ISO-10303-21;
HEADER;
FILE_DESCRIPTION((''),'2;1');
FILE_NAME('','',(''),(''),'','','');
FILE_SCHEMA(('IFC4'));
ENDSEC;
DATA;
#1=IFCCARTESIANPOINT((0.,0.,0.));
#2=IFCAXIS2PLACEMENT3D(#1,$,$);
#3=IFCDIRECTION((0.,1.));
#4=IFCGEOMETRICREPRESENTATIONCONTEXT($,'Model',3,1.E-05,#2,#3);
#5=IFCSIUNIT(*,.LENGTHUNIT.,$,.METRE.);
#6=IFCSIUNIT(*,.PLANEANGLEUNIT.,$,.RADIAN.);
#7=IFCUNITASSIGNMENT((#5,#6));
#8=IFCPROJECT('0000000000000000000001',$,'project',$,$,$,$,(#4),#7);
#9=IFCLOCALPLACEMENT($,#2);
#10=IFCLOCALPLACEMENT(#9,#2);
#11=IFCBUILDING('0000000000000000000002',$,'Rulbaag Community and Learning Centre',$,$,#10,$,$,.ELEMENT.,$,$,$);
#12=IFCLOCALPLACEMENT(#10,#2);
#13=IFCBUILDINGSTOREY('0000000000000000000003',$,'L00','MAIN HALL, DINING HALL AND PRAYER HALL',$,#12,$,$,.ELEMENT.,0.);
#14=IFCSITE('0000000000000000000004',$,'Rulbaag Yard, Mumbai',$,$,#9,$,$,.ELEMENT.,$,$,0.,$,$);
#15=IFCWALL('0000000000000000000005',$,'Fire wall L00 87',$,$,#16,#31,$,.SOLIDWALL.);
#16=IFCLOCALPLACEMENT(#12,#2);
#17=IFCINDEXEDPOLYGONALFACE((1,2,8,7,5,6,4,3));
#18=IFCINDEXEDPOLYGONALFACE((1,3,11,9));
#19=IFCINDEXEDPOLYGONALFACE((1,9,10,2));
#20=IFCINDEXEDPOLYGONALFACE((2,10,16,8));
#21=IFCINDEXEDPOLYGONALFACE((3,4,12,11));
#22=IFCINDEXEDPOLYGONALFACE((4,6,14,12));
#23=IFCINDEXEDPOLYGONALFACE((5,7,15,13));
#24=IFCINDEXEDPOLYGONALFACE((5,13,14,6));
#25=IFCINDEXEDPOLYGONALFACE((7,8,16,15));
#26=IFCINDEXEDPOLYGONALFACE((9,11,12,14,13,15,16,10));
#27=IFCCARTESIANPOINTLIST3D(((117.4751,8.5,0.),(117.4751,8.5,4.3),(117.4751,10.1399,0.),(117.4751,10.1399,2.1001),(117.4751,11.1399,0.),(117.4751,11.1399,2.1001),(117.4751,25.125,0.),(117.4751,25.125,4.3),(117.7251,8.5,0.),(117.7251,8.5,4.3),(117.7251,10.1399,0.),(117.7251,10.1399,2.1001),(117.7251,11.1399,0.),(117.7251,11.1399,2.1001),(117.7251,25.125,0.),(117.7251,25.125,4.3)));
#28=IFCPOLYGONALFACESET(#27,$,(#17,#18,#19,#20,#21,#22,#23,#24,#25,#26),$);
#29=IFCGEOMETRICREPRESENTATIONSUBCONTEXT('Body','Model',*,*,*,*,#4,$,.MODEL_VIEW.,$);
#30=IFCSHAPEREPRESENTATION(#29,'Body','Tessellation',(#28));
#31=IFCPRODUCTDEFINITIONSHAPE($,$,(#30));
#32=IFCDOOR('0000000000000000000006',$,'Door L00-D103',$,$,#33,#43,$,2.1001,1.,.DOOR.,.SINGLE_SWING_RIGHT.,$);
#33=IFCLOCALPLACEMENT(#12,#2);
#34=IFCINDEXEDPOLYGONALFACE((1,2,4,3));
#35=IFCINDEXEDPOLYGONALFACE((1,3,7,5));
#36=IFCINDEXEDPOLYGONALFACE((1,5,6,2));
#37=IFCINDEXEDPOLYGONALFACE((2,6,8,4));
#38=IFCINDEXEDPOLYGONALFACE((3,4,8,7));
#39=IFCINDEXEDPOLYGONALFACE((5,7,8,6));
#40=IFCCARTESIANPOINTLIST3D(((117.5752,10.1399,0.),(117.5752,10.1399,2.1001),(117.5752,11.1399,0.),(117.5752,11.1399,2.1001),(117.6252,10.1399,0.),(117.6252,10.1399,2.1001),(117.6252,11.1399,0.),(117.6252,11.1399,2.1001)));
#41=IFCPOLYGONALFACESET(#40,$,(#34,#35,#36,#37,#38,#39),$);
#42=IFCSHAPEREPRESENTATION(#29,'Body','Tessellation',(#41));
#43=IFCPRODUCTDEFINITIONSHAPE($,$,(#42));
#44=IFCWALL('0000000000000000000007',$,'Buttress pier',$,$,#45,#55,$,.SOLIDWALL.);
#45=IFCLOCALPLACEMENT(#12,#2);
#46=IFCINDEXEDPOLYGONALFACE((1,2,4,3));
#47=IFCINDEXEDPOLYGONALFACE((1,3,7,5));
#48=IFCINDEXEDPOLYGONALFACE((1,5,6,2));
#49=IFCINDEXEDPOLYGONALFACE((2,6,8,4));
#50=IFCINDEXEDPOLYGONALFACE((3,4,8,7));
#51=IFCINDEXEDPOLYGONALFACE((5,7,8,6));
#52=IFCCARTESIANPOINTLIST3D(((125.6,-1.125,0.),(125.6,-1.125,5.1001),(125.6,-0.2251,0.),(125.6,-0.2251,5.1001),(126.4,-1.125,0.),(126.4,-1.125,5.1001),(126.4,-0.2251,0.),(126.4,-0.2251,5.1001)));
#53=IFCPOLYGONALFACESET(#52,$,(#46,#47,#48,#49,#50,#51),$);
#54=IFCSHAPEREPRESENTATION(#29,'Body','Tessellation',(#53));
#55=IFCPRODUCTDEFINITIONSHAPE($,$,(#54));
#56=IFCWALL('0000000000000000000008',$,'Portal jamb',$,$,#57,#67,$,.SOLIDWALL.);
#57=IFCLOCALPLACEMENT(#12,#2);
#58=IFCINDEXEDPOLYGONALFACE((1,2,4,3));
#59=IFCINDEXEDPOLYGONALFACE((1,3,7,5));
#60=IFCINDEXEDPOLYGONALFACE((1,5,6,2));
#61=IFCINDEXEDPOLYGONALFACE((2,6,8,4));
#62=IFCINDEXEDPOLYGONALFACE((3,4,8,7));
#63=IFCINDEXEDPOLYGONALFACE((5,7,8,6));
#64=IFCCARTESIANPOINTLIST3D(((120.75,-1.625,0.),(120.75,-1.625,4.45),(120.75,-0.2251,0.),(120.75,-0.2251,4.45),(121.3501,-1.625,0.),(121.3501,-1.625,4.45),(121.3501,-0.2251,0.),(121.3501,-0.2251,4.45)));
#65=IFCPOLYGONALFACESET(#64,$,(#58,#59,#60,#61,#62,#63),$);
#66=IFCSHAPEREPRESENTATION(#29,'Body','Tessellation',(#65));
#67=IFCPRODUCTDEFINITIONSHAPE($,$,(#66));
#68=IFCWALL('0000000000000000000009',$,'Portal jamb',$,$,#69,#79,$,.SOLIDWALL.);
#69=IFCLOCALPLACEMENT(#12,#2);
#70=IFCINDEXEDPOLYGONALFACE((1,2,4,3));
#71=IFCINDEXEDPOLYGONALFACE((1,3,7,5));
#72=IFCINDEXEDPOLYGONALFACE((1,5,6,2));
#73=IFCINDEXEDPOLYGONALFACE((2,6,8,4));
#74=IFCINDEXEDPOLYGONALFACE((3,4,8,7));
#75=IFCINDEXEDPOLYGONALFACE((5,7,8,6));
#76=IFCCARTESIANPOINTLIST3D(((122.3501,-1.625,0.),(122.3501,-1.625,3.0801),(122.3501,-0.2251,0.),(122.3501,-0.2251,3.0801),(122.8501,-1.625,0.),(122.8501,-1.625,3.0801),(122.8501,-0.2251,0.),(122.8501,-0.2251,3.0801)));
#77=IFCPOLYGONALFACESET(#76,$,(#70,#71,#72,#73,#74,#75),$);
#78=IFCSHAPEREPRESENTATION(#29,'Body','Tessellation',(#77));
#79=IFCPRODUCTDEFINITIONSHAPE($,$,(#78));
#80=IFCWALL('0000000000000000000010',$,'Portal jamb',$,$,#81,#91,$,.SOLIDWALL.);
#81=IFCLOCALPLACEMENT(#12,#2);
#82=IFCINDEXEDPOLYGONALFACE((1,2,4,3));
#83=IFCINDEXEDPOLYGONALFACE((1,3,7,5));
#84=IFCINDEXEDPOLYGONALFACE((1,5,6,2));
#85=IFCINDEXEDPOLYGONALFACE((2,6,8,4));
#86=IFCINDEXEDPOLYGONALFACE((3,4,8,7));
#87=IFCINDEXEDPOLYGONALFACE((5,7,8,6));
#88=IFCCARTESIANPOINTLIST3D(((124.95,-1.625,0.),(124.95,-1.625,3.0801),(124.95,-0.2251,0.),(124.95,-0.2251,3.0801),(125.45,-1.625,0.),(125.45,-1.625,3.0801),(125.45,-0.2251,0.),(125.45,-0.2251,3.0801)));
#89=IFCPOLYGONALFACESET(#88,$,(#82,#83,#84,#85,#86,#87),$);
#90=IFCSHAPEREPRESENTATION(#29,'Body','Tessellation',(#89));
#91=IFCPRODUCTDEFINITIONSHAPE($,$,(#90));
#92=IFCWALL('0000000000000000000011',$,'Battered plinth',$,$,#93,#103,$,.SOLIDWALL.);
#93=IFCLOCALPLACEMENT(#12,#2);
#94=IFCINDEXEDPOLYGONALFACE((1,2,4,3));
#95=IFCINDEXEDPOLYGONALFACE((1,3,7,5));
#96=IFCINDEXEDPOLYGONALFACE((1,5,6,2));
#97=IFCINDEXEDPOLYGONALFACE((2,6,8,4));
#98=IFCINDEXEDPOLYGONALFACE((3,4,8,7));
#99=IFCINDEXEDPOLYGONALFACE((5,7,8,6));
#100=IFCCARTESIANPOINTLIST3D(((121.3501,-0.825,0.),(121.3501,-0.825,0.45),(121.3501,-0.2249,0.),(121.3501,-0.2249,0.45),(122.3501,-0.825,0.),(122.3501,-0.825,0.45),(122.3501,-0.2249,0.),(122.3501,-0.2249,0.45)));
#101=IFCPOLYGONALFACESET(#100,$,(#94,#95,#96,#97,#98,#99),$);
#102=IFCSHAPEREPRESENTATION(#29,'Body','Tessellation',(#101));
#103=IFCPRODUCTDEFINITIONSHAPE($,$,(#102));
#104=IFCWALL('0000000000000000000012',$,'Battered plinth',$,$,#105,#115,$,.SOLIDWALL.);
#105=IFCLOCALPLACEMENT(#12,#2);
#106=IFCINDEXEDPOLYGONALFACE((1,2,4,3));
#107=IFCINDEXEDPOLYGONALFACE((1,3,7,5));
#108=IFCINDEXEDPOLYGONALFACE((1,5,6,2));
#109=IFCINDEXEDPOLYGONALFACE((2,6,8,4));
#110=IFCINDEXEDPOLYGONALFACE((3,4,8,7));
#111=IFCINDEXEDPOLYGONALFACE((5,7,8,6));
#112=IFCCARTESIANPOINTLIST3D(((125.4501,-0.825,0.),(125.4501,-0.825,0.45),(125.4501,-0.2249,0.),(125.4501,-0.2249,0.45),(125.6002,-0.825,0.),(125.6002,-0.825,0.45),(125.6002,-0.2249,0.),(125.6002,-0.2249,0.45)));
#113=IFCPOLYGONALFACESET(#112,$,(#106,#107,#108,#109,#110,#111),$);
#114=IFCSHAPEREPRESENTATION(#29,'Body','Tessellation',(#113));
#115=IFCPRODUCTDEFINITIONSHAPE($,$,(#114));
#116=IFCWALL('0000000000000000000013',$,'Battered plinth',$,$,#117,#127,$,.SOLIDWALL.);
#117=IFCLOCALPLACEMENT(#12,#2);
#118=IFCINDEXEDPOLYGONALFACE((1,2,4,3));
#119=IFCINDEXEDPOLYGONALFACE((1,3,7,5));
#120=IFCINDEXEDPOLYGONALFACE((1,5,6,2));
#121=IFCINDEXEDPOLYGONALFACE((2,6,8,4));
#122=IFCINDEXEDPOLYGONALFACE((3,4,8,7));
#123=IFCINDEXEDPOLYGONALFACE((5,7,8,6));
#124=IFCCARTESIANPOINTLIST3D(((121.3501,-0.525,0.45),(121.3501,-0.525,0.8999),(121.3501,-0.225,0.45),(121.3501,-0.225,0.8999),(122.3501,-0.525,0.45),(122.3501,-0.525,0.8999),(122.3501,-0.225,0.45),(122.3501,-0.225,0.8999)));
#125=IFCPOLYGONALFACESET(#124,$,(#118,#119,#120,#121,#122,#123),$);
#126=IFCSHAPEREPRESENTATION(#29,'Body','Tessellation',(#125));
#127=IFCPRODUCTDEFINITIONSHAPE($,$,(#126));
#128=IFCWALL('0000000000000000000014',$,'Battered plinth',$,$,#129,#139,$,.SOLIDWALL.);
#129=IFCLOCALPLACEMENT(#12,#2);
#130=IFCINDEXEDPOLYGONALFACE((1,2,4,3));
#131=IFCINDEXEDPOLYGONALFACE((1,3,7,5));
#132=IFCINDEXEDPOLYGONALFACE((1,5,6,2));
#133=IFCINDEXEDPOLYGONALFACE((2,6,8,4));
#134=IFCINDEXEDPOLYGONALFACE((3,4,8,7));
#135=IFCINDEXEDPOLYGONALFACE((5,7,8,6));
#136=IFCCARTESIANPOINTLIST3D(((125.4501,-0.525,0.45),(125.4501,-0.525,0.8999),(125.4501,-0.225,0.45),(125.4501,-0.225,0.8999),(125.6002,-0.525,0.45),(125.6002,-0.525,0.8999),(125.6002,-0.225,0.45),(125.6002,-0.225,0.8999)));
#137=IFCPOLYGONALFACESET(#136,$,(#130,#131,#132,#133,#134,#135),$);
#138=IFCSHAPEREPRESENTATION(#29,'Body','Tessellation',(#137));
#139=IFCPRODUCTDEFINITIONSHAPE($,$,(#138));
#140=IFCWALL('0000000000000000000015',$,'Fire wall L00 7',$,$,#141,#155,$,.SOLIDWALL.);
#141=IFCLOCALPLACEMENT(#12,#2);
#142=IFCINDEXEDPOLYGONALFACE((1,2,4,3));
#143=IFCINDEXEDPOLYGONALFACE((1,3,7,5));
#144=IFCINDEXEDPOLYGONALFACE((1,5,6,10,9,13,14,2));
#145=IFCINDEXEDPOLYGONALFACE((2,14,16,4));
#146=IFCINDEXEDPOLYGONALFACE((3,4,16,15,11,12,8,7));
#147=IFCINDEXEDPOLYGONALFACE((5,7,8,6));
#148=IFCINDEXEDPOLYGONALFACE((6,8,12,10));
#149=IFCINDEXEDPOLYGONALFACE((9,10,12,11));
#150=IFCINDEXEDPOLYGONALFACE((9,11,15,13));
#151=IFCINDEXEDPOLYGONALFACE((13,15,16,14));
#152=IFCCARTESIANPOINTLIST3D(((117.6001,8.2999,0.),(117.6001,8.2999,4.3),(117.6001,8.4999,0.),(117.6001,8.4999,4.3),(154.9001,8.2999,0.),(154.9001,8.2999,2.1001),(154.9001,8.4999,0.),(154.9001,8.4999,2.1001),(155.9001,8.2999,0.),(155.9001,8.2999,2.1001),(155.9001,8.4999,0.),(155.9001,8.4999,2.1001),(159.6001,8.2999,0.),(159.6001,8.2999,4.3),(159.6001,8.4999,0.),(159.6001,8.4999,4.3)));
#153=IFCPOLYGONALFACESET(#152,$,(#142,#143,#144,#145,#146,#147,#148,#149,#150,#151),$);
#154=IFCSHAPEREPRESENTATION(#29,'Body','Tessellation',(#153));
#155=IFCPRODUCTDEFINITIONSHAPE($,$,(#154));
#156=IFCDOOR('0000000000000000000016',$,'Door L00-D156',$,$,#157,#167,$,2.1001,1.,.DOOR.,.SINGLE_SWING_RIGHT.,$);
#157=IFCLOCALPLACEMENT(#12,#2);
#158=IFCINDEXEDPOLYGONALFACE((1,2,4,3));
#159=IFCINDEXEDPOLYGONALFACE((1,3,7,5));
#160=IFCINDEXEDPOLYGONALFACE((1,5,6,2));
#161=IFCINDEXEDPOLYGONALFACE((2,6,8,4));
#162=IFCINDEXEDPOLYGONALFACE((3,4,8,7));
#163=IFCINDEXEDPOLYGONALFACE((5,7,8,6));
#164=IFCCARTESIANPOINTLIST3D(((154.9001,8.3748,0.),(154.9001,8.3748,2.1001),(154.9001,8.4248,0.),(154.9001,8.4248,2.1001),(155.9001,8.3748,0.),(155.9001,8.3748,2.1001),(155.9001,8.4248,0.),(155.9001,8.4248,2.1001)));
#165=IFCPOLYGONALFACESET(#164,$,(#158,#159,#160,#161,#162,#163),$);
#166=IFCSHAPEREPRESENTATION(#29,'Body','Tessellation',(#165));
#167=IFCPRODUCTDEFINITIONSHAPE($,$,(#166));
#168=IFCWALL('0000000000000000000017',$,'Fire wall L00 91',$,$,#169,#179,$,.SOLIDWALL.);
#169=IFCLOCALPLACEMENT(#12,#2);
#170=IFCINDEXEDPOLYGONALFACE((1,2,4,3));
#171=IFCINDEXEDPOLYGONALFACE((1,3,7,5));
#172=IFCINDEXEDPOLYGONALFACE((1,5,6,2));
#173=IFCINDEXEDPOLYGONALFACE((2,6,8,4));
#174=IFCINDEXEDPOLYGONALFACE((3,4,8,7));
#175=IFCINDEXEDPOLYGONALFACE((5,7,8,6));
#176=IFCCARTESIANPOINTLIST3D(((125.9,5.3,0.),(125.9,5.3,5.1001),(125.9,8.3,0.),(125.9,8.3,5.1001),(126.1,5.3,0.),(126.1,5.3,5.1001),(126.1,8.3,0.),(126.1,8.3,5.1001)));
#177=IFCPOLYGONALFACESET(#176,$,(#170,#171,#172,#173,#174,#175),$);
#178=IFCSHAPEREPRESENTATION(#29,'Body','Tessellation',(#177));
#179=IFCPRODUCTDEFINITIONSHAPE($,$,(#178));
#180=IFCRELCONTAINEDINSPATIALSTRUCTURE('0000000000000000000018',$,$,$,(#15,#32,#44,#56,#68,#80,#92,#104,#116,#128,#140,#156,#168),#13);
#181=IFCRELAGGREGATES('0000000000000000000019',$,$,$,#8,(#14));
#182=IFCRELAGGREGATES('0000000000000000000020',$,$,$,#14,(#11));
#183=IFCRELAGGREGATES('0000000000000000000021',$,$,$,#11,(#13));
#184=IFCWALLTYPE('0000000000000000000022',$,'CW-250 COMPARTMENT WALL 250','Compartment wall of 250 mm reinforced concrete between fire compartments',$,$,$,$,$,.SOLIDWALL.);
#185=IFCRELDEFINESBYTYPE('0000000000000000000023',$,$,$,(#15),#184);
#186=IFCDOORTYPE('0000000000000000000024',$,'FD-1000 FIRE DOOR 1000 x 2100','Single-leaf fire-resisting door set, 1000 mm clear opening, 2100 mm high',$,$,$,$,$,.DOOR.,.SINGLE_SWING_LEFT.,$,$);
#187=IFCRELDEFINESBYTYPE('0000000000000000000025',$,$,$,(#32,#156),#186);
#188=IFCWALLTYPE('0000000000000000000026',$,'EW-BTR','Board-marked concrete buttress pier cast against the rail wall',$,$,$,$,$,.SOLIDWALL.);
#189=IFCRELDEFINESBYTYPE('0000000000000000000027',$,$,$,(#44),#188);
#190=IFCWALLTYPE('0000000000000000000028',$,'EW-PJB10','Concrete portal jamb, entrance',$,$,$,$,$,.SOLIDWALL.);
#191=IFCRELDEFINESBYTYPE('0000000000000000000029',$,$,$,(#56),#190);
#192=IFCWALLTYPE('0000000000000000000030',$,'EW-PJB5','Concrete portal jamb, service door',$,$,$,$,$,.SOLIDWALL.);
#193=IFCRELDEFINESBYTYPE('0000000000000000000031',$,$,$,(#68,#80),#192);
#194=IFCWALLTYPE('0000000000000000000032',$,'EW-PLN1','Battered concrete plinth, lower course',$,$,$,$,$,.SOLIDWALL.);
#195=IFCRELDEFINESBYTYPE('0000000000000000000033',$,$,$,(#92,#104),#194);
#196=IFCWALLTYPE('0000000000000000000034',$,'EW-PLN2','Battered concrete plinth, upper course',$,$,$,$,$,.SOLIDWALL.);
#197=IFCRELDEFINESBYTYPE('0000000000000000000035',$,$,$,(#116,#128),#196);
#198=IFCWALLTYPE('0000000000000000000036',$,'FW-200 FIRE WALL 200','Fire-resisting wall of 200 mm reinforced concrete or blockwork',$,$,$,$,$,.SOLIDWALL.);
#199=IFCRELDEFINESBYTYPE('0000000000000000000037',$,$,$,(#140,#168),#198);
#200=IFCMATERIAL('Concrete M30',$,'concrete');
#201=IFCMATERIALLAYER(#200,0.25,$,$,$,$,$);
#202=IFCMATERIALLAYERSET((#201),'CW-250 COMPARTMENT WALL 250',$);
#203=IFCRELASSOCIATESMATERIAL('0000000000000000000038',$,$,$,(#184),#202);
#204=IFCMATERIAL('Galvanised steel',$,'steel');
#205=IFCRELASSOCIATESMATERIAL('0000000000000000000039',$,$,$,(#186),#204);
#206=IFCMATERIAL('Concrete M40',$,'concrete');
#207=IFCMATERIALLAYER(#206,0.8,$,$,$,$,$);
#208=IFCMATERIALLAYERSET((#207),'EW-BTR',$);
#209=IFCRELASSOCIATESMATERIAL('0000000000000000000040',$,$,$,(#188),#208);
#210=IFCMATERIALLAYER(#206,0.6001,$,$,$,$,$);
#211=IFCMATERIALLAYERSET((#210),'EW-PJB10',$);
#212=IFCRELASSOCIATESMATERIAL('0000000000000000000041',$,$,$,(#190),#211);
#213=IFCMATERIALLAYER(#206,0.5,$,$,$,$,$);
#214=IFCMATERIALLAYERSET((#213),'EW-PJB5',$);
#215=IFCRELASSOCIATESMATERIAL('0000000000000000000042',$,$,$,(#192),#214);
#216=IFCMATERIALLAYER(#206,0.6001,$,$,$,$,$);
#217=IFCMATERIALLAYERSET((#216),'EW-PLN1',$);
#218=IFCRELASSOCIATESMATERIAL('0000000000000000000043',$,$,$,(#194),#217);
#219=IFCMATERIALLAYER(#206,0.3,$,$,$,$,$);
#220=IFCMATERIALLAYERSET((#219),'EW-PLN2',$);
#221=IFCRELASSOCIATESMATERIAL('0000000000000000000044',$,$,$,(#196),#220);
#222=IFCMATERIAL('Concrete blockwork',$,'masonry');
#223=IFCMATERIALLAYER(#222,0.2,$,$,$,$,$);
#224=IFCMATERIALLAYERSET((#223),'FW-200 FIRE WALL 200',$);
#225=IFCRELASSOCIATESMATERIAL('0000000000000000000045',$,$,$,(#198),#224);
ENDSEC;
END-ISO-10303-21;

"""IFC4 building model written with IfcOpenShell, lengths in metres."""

from ifc_helpers import new_model, si_unit, direction, frame, frame_2d, origin, place, context, subcontext, project, spatial, rectangle, extrude, material, layer, layer_set, type_object, element, fill, save


model = new_model("IFC4")

# Units and contexts
model_context = context("Model", 3, precision=1e-05, world=origin(), true_north=direction((0.0, 1.0)))
body_context = subcontext(model_context, "Body", "Model", "MODEL_VIEW")
ifc_project = project(units=[si_unit("LENGTHUNIT", "METRE"), si_unit("PLANEANGLEUNIT", "RADIAN")], contexts=[model_context])

# Site, building, storey
site_placement = place(None, origin())
site = spatial("IfcSite", under=ifc_project, at=site_placement, Name="Rulbaag Yard, Mumbai", CompositionType="ELEMENT", RefElevation=0.0)
building_placement = place(site_placement, origin())
building = spatial("IfcBuilding", under=site, at=building_placement, Name="Rulbaag Community and Learning Centre", CompositionType="ELEMENT")
storey_placement = place(building_placement, origin())
storey = spatial("IfcBuildingStorey", under=building, at=storey_placement, Name="L00", Description="MAIN HALL, DINING HALL AND PRAYER HALL", CompositionType="ELEMENT", Elevation=0.0)

# Shared definitions
ifc_material_1 = material(Name="Concrete M40", Category="concrete")

# Wall, opening, door
ifc_material_2 = material(Name="Concrete M30", Category="concrete")
ifc_layer_1 = layer(ifc_material_2, 0.25)
ifc_layer_set_1 = layer_set([ifc_layer_1], Name="CW-250 COMPARTMENT WALL 250")
wall_type_1 = type_object("IfcWallType", Name="CW-250 COMPARTMENT WALL 250", Description="Compartment wall of 250 mm reinforced concrete between fire compartments", PredefinedType="SOLIDWALL", material=ifc_layer_set_1)
wall_1_placement = place(storey_placement, frame((117.6001, 8.5, 0.0), z_axis=(0.0, 0.0, 1.0), x_axis=(0.0, 1.0, 0.0)))
wall_1 = element("IfcWall", 1, at=wall_1_placement, inside=storey, type_object=wall_type_1, Name="Fire wall L00 87", PredefinedType="SOLIDWALL", context=body_context, shape_type="SweptSolid", body=[
    extrude(rectangle(XDim=16.625, YDim=0.25, at=frame_2d((8.3125, 0.0))), origin(), (0.0, 0.0, 1.0), 4.3),
])
opening_1_placement = place(wall_1_placement, frame((1.6399, 0.0, 0.0)))
opening_1 = element("IfcOpeningElement", 2, at=opening_1_placement, cuts=wall_1, PredefinedType="OPENING", context=body_context, shape_type="SweptSolid", body=[
    extrude(rectangle(XDim=1.0, YDim=2.1001, at=frame_2d((0.5, 1.05))), frame((0.0, 0.135, 0.0), z_axis=(0.0, -1.0, 0.0), x_axis=(1.0, 0.0, 0.0)), (0.0, 0.0, 1.0), 0.27),
])
ifc_material_3 = material(Name="Galvanised steel", Category="steel")
door_type_1 = type_object("IfcDoorType", Name="FD-1000 FIRE DOOR 1000 x 2100", Description="Single-leaf fire-resisting door set, 1000 mm clear opening, 2100 mm high", OperationType="SINGLE_SWING_LEFT", PredefinedType="DOOR", material=ifc_material_3)
door_1_placement = place(opening_1_placement, origin())
door_1 = element("IfcDoor", 3, at=door_1_placement, inside=storey, type_object=door_type_1, Name="Door L00-D103", OperationType="SINGLE_SWING_RIGHT", OverallHeight=2.1001, OverallWidth=1.0, PredefinedType="DOOR", context=body_context, shape_type="SweptSolid", body=[
    extrude(rectangle(XDim=1.0, YDim=2.1001, at=frame_2d((0.5, 1.05))), frame((0.0, 0.0249, 0.0), z_axis=(0.0, -1.0, 0.0), x_axis=(1.0, 0.0, 0.0)), (0.0, 0.0, 1.0), 0.05),
])
fill(opening_1, door_1)

# Walls
ifc_layer_2 = layer(ifc_material_1, 0.8)
ifc_layer_set_2 = layer_set([ifc_layer_2], Name="EW-BTR")
wall_type_2 = type_object("IfcWallType", Name="EW-BTR", Description="Board-marked concrete buttress pier cast against the rail wall", PredefinedType="SOLIDWALL", material=ifc_layer_set_2)
wall_2_placement = place(storey_placement, frame((126.0, -0.2251, 0.0), z_axis=(0.0, 0.0, 1.0), x_axis=(0.0, -1.0, 0.0)))
element("IfcWall", 4, at=wall_2_placement, inside=storey, type_object=wall_type_2, Name="Buttress pier", PredefinedType="SOLIDWALL", context=body_context, shape_type="SweptSolid", body=[
    extrude(rectangle(XDim=0.8999, YDim=0.8, at=frame_2d((0.45, 0.0))), origin(), (0.0, 0.0, 1.0), 5.1001),
])
ifc_layer_3 = layer(ifc_material_1, 0.6001)
ifc_layer_set_3 = layer_set([ifc_layer_3], Name="EW-PJB10")
wall_type_3 = type_object("IfcWallType", Name="EW-PJB10", Description="Concrete portal jamb, entrance", PredefinedType="SOLIDWALL", material=ifc_layer_set_3)
wall_3_placement = place(storey_placement, frame((121.05, -0.2251, 0.0), z_axis=(0.0, 0.0, 1.0), x_axis=(0.0, -1.0, 0.0)))
element("IfcWall", 5, at=wall_3_placement, inside=storey, type_object=wall_type_3, Name="Portal jamb", PredefinedType="SOLIDWALL", context=body_context, shape_type="SweptSolid", body=[
    extrude(rectangle(XDim=1.3999, YDim=0.6001, at=frame_2d((0.7, 0.0))), origin(), (0.0, 0.0, 1.0), 4.45),
])
ifc_layer_4 = layer(ifc_material_1, 0.5)
ifc_layer_set_4 = layer_set([ifc_layer_4], Name="EW-PJB5")
wall_type_4 = type_object("IfcWallType", Name="EW-PJB5", Description="Concrete portal jamb, service door", PredefinedType="SOLIDWALL", material=ifc_layer_set_4)
for number, where, z_axis, x_axis, name in (
    (6, (122.6001, -0.2251, 0.0), (0.0, 0.0, 1.0), (0.0, -1.0, 0.0), "Portal jamb"),
    (7, (125.2, -0.2251, 0.0), (0.0, 0.0, 1.0), (0.0, -1.0, 0.0), "Portal jamb"),
):
    element("IfcWall", number, at=place(storey_placement, frame(where, z_axis=z_axis, x_axis=x_axis)), inside=storey, type_object=wall_type_4, Name=name, PredefinedType="SOLIDWALL", context=body_context, shape_type="SweptSolid", body=[
        extrude(rectangle(XDim=1.3999, YDim=0.5, at=frame_2d((0.7, 0.0))), origin(), (0.0, 0.0, 1.0), 3.0801),
    ])
ifc_layer_5 = layer(ifc_material_1, 0.6001)
ifc_layer_set_5 = layer_set([ifc_layer_5], Name="EW-PLN1")
wall_type_5 = type_object("IfcWallType", Name="EW-PLN1", Description="Battered concrete plinth, lower course", PredefinedType="SOLIDWALL", material=ifc_layer_set_5)
wall_4_placement = place(storey_placement, frame((121.3501, -0.5249, 0.0), z_axis=(0.0, 0.0, 1.0), x_axis=(1.0, 0.0, 0.0)))
element("IfcWall", 8, at=wall_4_placement, inside=storey, type_object=wall_type_5, Name="Battered plinth", PredefinedType="SOLIDWALL", context=body_context, shape_type="SweptSolid", body=[
    extrude(rectangle(XDim=1.0, YDim=0.6001, at=frame_2d((0.5, 0.0))), origin(), (0.0, 0.0, 1.0), 0.45),
])
wall_5_placement = place(storey_placement, frame((125.45, -0.5249, 0.0), z_axis=(0.0, 0.0, 1.0), x_axis=(1.0, 0.0, 0.0)))
element("IfcWall", 9, at=wall_5_placement, inside=storey, type_object=wall_type_5, Name="Battered plinth", PredefinedType="SOLIDWALL", context=body_context, shape_type="SweptSolid", body=[
    extrude(rectangle(XDim=0.1501, YDim=0.6001, at=frame_2d((0.0752, 0.0))), origin(), (0.0, 0.0, 1.0), 0.45),
])
ifc_layer_6 = layer(ifc_material_1, 0.3)
ifc_layer_set_6 = layer_set([ifc_layer_6], Name="EW-PLN2")
wall_type_6 = type_object("IfcWallType", Name="EW-PLN2", Description="Battered concrete plinth, upper course", PredefinedType="SOLIDWALL", material=ifc_layer_set_6)
wall_6_placement = place(storey_placement, frame((121.3501, -0.375, 0.45), z_axis=(0.0, 0.0, 1.0), x_axis=(1.0, 0.0, 0.0)))
element("IfcWall", 10, at=wall_6_placement, inside=storey, type_object=wall_type_6, Name="Battered plinth", PredefinedType="SOLIDWALL", context=body_context, shape_type="SweptSolid", body=[
    extrude(rectangle(XDim=1.0, YDim=0.3, at=frame_2d((0.5, 0.0))), origin(), (0.0, 0.0, 1.0), 0.45),
])
wall_7_placement = place(storey_placement, frame((125.45, -0.375, 0.45), z_axis=(0.0, 0.0, 1.0), x_axis=(1.0, 0.0, 0.0)))
element("IfcWall", 11, at=wall_7_placement, inside=storey, type_object=wall_type_6, Name="Battered plinth", PredefinedType="SOLIDWALL", context=body_context, shape_type="SweptSolid", body=[
    extrude(rectangle(XDim=0.1501, YDim=0.3, at=frame_2d((0.0752, 0.0))), origin(), (0.0, 0.0, 1.0), 0.45),
])

# Wall, opening, door
ifc_material_4 = material(Name="Concrete blockwork", Category="masonry")
ifc_layer_7 = layer(ifc_material_4, 0.2)
ifc_layer_set_7 = layer_set([ifc_layer_7], Name="FW-200 FIRE WALL 200")
wall_type_7 = type_object("IfcWallType", Name="FW-200 FIRE WALL 200", Description="Fire-resisting wall of 200 mm reinforced concrete or blockwork", PredefinedType="SOLIDWALL", material=ifc_layer_set_7)
wall_8_placement = place(storey_placement, frame((117.6001, 8.3999, 0.0), z_axis=(0.0, 0.0, 1.0), x_axis=(1.0, 0.0, 0.0)))
wall_8 = element("IfcWall", 12, at=wall_8_placement, inside=storey, type_object=wall_type_7, Name="Fire wall L00 7", PredefinedType="SOLIDWALL", context=body_context, shape_type="SweptSolid", body=[
    extrude(rectangle(XDim=42.0, YDim=0.2, at=frame_2d((21.0, 0.0))), origin(), (0.0, 0.0, 1.0), 4.3),
])
opening_2_placement = place(wall_8_placement, frame((37.3, 0.0, 0.0)))
opening_2 = element("IfcOpeningElement", 13, at=opening_2_placement, cuts=wall_8, PredefinedType="OPENING", context=body_context, shape_type="SweptSolid", body=[
    extrude(rectangle(XDim=1.0, YDim=2.1001, at=frame_2d((0.5, 1.05))), frame((0.0, 0.1099, 0.0), z_axis=(0.0, -1.0, 0.0), x_axis=(1.0, 0.0, 0.0)), (0.0, 0.0, 1.0), 0.22),
])
door_2_placement = place(opening_2_placement, origin())
door_2 = element("IfcDoor", 14, at=door_2_placement, inside=storey, type_object=door_type_1, Name="Door L00-D156", OperationType="SINGLE_SWING_RIGHT", OverallHeight=2.1001, OverallWidth=1.0, PredefinedType="DOOR", context=body_context, shape_type="SweptSolid", body=[
    extrude(rectangle(XDim=1.0, YDim=2.1001, at=frame_2d((0.5, 1.05))), frame((0.0, 0.0249, 0.0), z_axis=(0.0, -1.0, 0.0), x_axis=(1.0, 0.0, 0.0)), (0.0, 0.0, 1.0), 0.05),
])
fill(opening_2, door_2)

# Wall
wall_9_placement = place(storey_placement, frame((126.0, 5.3, 0.0), z_axis=(0.0, 0.0, 1.0), x_axis=(0.0, 1.0, 0.0)))
element("IfcWall", 15, at=wall_9_placement, inside=storey, type_object=wall_type_7, Name="Fire wall L00 91", PredefinedType="SOLIDWALL", context=body_context, shape_type="SweptSolid", body=[
    extrude(rectangle(XDim=3.0, YDim=0.2, at=frame_2d((1.5, 0.0))), origin(), (0.0, 0.0, 1.0), 5.1001),
])

save(model, "model.ifc")
